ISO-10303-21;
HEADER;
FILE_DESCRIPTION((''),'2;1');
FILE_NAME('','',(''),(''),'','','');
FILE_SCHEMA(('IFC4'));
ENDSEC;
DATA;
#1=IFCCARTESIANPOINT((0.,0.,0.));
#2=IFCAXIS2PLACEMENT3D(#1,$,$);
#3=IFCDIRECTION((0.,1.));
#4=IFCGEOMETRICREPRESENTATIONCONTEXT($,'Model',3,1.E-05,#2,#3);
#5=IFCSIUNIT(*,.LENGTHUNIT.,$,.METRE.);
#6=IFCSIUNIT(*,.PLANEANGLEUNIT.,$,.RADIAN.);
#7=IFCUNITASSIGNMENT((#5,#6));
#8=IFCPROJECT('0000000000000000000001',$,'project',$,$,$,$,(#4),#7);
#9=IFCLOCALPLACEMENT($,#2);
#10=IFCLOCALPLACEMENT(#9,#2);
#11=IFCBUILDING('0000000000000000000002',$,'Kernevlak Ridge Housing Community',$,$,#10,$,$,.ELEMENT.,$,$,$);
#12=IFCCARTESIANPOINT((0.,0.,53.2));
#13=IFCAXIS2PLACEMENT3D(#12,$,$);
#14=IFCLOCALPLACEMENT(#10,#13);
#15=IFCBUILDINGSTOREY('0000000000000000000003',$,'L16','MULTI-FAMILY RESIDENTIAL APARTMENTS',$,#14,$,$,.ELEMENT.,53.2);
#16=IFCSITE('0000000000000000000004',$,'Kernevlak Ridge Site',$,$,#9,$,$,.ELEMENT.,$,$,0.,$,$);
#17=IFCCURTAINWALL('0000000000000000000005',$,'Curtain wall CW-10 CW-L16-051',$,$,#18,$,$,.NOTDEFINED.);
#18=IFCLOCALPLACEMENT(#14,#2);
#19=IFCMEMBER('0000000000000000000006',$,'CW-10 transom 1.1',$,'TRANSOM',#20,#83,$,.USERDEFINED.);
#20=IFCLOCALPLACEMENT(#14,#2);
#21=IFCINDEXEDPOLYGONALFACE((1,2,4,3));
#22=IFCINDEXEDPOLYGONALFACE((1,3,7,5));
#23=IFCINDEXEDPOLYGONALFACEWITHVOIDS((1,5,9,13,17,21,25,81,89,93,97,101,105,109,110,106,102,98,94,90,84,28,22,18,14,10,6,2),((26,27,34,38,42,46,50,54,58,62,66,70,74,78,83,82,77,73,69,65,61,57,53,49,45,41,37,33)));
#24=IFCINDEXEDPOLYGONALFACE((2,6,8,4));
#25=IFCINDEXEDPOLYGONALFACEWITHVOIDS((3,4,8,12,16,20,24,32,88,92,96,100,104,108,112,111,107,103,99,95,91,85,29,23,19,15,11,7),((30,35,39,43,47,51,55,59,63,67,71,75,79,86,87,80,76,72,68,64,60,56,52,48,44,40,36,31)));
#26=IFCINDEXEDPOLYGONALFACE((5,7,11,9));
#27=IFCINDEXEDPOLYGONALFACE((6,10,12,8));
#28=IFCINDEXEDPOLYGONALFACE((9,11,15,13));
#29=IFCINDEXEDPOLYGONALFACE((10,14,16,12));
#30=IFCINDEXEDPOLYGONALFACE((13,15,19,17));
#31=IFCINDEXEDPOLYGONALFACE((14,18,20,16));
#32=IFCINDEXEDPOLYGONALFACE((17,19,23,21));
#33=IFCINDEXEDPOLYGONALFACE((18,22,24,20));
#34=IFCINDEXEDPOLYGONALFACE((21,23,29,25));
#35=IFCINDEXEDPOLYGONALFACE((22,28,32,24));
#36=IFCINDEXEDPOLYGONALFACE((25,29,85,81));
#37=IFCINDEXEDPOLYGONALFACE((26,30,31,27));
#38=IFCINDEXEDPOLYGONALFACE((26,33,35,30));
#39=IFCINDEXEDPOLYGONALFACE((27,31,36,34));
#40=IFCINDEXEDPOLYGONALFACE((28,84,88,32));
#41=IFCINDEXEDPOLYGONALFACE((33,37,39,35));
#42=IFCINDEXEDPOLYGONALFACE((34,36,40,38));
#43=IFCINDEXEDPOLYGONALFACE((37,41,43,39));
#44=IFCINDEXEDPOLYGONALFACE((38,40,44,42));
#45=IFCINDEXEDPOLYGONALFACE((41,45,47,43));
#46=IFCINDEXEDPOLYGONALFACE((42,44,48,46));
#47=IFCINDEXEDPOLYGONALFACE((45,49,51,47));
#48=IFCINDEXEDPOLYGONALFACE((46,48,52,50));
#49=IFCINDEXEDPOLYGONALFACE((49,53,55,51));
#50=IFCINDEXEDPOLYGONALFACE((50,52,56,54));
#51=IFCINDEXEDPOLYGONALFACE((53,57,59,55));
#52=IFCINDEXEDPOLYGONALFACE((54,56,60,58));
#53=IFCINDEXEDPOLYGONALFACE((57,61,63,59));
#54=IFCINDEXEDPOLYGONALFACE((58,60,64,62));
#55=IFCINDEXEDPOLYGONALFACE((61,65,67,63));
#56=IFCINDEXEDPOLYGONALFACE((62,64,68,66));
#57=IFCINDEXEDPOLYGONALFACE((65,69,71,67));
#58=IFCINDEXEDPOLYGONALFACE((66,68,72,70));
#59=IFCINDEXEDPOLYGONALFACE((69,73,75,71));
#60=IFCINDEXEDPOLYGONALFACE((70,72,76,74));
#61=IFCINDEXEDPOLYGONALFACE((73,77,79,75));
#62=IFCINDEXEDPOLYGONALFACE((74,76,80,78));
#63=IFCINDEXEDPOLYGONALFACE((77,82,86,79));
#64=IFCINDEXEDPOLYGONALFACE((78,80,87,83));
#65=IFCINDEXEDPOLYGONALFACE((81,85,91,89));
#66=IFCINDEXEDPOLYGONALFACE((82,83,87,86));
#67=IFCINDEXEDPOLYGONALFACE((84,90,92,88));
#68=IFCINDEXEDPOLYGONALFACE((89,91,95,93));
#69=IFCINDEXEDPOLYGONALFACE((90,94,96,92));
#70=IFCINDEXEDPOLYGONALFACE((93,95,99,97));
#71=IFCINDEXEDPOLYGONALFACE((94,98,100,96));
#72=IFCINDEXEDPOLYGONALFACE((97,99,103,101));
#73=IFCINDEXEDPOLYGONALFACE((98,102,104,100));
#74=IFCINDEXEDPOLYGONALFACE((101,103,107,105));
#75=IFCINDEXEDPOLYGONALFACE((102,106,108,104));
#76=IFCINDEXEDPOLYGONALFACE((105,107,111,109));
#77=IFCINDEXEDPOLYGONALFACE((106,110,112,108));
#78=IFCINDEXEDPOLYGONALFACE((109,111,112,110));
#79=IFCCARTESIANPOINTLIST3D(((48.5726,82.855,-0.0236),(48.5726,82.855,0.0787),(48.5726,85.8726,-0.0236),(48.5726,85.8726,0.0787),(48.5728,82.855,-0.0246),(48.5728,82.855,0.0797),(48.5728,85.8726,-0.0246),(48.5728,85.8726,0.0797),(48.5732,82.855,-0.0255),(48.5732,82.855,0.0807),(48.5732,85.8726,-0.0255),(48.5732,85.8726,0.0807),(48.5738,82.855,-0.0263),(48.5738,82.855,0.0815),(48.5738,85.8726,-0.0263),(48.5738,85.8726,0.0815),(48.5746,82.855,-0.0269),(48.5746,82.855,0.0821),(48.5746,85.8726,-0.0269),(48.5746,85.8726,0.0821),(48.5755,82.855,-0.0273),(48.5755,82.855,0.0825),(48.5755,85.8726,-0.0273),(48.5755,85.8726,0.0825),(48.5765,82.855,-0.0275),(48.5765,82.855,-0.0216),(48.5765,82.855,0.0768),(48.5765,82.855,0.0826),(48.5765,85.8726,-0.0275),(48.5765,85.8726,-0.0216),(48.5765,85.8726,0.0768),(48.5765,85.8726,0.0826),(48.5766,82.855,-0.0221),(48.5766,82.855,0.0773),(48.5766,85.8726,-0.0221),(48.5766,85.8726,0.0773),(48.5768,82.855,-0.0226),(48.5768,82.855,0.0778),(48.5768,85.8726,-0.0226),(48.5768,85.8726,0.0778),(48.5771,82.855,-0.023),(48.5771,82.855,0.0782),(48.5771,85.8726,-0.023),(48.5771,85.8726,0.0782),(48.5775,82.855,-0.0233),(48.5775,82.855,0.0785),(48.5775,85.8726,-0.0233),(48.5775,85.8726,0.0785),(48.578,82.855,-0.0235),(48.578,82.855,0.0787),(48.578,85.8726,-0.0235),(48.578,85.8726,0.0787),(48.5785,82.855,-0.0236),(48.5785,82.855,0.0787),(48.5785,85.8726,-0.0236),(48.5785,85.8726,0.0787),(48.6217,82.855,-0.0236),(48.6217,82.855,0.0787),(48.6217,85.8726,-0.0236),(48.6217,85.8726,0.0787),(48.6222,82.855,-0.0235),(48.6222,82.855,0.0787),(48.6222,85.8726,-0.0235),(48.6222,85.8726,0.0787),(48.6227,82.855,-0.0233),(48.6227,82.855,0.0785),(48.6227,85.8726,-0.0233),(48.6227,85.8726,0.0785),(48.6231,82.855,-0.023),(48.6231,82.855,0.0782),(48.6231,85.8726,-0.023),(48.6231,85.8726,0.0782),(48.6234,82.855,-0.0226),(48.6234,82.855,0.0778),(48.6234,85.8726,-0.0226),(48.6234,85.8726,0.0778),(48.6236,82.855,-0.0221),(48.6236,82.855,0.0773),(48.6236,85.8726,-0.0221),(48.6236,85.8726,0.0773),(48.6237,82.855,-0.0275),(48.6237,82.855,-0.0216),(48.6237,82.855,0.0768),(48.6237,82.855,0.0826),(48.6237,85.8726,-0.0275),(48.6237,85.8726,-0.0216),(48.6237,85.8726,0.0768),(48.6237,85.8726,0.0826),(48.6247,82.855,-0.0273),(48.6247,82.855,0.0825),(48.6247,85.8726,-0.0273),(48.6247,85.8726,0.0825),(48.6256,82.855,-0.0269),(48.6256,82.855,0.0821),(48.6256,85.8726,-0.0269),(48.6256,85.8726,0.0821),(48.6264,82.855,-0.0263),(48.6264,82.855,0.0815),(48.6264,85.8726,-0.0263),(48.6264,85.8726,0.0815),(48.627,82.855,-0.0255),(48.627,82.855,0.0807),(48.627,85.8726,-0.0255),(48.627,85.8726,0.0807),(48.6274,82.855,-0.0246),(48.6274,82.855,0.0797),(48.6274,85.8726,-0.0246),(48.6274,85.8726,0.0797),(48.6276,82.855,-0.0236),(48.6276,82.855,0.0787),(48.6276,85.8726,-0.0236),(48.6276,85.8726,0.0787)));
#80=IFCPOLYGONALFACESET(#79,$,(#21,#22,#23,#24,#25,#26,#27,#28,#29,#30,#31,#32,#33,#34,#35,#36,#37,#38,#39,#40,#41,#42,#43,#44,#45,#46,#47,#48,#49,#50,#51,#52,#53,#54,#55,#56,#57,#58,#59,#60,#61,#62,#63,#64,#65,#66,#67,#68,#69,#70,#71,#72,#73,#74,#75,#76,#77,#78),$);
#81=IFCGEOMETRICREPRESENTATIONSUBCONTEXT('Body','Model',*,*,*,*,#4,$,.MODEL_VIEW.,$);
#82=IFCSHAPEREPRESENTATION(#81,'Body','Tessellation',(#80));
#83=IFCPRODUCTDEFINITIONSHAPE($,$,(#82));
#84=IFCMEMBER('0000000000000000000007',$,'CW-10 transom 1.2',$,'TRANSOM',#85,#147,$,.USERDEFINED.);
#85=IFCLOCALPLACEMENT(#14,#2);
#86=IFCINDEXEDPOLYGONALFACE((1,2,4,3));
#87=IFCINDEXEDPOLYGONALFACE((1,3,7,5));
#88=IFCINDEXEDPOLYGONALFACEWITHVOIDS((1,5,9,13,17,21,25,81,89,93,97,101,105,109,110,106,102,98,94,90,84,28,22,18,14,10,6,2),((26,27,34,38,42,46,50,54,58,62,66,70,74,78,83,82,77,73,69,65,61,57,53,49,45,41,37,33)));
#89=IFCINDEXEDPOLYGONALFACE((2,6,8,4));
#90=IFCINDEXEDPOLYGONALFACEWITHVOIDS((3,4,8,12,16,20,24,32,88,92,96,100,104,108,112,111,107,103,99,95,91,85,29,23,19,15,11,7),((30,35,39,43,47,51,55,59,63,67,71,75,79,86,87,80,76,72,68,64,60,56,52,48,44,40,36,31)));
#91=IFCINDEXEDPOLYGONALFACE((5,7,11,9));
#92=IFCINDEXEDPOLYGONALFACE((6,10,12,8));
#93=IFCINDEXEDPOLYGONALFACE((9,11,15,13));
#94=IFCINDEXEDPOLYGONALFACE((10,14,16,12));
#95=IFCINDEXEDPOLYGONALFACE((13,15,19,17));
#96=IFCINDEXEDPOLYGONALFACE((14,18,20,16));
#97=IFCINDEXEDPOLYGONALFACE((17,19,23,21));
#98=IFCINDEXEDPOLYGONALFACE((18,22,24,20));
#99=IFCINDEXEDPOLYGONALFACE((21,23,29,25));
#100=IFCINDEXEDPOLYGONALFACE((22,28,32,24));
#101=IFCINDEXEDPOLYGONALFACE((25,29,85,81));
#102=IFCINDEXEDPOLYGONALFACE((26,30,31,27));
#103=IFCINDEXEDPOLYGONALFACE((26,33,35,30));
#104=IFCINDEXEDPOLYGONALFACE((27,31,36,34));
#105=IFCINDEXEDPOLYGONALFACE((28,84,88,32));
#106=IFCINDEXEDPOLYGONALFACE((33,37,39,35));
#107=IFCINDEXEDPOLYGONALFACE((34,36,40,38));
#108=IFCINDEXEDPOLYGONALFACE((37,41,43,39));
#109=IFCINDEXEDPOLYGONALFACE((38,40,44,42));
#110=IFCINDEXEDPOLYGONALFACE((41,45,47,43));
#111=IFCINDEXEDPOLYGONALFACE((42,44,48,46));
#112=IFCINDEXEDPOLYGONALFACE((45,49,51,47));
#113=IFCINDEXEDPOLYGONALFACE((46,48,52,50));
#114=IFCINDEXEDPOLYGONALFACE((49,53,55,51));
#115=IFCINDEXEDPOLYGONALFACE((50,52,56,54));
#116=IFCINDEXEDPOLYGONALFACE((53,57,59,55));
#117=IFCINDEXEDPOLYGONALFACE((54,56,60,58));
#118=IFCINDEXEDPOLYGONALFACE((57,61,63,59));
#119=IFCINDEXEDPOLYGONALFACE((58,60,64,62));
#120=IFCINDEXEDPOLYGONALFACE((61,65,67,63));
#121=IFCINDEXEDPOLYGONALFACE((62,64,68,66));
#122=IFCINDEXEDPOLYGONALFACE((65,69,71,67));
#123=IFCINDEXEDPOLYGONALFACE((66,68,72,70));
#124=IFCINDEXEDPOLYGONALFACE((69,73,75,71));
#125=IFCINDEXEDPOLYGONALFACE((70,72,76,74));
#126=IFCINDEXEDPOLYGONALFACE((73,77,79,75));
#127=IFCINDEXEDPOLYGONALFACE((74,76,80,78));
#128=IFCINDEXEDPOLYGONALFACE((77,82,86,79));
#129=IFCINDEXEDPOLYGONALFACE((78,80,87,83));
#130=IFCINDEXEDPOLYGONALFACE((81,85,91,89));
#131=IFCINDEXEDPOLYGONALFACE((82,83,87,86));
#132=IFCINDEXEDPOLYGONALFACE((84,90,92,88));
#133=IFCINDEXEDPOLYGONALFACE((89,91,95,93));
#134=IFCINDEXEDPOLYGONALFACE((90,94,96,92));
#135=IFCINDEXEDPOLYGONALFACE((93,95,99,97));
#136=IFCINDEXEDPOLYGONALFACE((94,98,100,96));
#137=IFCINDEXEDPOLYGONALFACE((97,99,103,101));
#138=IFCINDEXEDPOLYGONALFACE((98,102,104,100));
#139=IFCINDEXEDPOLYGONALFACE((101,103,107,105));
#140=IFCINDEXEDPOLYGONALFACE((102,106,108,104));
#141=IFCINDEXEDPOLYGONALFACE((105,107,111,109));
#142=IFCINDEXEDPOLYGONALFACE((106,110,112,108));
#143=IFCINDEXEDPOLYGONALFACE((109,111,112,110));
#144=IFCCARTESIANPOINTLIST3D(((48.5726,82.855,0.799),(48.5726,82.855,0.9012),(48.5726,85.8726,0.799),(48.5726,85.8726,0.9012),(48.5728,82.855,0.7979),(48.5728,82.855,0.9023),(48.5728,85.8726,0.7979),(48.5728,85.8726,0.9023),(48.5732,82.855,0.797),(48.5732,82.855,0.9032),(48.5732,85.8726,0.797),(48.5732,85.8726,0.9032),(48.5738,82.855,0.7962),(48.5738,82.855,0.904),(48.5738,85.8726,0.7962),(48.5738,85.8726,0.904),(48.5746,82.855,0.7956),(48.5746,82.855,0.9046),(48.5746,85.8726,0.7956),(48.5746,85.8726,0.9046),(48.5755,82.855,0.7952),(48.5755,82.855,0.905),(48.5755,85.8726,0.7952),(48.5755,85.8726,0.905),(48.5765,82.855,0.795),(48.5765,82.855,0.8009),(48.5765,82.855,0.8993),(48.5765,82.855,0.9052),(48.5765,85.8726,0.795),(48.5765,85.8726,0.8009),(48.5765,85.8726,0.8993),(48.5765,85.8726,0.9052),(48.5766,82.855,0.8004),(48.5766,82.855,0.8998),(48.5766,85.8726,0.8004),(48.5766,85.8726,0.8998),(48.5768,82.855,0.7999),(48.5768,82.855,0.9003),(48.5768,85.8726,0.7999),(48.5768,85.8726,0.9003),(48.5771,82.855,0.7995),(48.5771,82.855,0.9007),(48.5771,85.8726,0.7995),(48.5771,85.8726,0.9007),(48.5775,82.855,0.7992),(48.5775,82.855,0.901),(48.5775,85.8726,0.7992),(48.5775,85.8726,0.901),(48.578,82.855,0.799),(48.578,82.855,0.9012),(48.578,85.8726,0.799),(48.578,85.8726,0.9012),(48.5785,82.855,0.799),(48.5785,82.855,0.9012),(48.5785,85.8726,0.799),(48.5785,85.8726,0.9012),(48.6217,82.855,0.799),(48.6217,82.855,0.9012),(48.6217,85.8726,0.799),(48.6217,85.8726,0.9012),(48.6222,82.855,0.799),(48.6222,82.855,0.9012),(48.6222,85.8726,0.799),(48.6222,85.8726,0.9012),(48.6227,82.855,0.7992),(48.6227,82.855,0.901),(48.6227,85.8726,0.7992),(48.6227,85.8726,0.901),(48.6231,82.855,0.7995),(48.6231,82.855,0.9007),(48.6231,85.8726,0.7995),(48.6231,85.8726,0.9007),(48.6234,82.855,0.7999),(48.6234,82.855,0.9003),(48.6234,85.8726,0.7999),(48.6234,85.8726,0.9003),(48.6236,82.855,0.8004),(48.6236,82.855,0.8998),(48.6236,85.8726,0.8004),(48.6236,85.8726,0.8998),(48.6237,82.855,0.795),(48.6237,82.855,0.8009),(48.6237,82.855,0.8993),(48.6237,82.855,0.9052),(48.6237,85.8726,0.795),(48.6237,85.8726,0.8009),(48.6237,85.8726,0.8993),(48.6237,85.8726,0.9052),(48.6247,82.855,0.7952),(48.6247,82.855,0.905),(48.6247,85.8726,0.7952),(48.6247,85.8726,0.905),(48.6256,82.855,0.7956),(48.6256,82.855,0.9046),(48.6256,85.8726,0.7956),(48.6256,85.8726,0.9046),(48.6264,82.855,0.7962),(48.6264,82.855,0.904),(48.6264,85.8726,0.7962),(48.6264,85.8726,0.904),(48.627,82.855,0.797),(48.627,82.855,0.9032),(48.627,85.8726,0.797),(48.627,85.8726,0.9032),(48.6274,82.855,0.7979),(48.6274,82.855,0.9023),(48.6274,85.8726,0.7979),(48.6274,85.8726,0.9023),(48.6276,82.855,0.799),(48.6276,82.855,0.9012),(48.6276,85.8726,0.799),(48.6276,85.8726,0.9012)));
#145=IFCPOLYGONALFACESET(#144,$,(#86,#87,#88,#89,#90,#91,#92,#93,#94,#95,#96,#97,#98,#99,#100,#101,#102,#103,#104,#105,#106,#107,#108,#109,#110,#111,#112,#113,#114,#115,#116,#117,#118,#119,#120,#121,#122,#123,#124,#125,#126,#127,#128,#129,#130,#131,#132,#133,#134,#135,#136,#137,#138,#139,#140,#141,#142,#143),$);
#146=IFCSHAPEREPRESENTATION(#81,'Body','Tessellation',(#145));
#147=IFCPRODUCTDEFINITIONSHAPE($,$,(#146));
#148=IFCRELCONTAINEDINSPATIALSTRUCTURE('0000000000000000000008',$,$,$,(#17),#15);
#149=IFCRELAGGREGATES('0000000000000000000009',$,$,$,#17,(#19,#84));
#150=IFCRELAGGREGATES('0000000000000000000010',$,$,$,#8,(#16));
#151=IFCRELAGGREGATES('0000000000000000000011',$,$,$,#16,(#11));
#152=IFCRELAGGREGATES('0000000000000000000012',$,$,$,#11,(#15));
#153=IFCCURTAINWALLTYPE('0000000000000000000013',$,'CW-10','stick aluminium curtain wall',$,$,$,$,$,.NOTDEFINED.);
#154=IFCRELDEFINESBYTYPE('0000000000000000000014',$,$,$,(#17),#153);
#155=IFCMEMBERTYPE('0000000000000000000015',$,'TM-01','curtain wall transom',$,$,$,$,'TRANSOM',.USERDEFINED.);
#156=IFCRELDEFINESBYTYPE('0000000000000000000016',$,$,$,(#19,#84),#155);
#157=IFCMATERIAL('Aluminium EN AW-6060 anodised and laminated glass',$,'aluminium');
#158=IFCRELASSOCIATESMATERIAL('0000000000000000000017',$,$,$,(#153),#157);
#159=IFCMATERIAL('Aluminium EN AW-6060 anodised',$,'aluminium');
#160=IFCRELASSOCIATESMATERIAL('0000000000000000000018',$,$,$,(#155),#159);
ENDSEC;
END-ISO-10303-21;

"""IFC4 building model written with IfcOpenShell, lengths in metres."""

from ifc_helpers import new_model, si_unit, direction, frame, origin, origin_2d, place, context, subcontext, project, spatial, hollow_rectangle, extrude, material, material_profile, profile_set, type_object, element, aggregate, save


model = new_model("IFC4")

# Units and contexts
model_context = context("Model", 3, precision=1e-05, world=origin(), true_north=direction((0.0, 1.0)))
body_context = subcontext(model_context, "Body", "Model", "MODEL_VIEW")
ifc_project = project(units=[si_unit("LENGTHUNIT", "METRE"), si_unit("PLANEANGLEUNIT", "RADIAN")], contexts=[model_context])

# Site, building, storey
site_placement = place(None, origin())
site = spatial("IfcSite", under=ifc_project, at=site_placement, Name="Kernevlak Ridge Site", CompositionType="ELEMENT", RefElevation=0.0)
building_placement = place(site_placement, origin())
building = spatial("IfcBuilding", under=site, at=building_placement, Name="Kernevlak Ridge Housing Community", CompositionType="ELEMENT")
storey_placement = place(building_placement, frame((0.0, 0.0, 53.2)))
storey = spatial("IfcBuildingStorey", under=building, at=storey_placement, Name="L16", Description="MULTI-FAMILY RESIDENTIAL APARTMENTS", CompositionType="ELEMENT", Elevation=53.2)

# Curtain wall
ifc_material_1 = material(Name="Aluminium EN AW-6060 anodised and laminated glass", Category="aluminium")
curtain_wall_type = type_object("IfcCurtainWallType", Name="CW-10", Description="stick aluminium curtain wall", PredefinedType="NOTDEFINED", material=ifc_material_1)
curtain_wall_placement = place(storey_placement, origin())
curtain_wall = element("IfcCurtainWall", 1, at=curtain_wall_placement, inside=storey, type_object=curtain_wall_type, Name="Curtain wall CW-10 CW-L16-051", PredefinedType="NOTDEFINED")
ifc_material_2 = material(Name="Aluminium EN AW-6060 anodised", Category="aluminium")

# Members
ifc_material_profile_1 = material_profile(ifc_material_2, hollow_rectangle(XDim=0.0549, YDim=0.1101, WallThickness=0.0039, InnerFilletRadius=0.002, OuterFilletRadius=0.0039, at=origin_2d()), Name="ALU 55x110x4")
ifc_profile_set_1 = profile_set([ifc_material_profile_1], Name="Aluminium EN AW-6060 anodised")
member_type_1 = type_object("IfcMemberType", Name="TM-01", Description="curtain wall transom", ElementType="TRANSOM", PredefinedType="USERDEFINED", material=ifc_profile_set_1)
member_1_placement = place(storey_placement, frame((48.6001, 82.855, 0.0276), z_axis=(0.0, 1.0, 0.0), x_axis=(-1.0, 0.0, 0.0)))
member_1 = element("IfcMember", 2, at=member_1_placement, type_object=member_type_1, Name="CW-10 transom 1.1", ObjectType="TRANSOM", PredefinedType="USERDEFINED", context=body_context, shape_type="SweptSolid", body=[
    extrude(hollow_rectangle(XDim=0.0549, YDim=0.1101, WallThickness=0.0039, InnerFilletRadius=0.002, OuterFilletRadius=0.0039, at=origin_2d()), origin(), (0.0, 0.0, 1.0), 3.0176),
])
member_2_placement = place(storey_placement, frame((48.6001, 82.855, 0.8501), z_axis=(0.0, 1.0, 0.0), x_axis=(-1.0, 0.0, 0.0)))
member_2 = element("IfcMember", 3, at=member_2_placement, type_object=member_type_1, Name="CW-10 transom 1.2", ObjectType="TRANSOM", PredefinedType="USERDEFINED", context=body_context, shape_type="SweptSolid", body=[
    extrude(hollow_rectangle(XDim=0.0549, YDim=0.1101, WallThickness=0.0039, InnerFilletRadius=0.002, OuterFilletRadius=0.0039, at=origin_2d()), origin(), (0.0, 0.0, 1.0), 3.0176),
])

aggregate(curtain_wall, [member_1, member_2])

save(model, "model.ifc")
